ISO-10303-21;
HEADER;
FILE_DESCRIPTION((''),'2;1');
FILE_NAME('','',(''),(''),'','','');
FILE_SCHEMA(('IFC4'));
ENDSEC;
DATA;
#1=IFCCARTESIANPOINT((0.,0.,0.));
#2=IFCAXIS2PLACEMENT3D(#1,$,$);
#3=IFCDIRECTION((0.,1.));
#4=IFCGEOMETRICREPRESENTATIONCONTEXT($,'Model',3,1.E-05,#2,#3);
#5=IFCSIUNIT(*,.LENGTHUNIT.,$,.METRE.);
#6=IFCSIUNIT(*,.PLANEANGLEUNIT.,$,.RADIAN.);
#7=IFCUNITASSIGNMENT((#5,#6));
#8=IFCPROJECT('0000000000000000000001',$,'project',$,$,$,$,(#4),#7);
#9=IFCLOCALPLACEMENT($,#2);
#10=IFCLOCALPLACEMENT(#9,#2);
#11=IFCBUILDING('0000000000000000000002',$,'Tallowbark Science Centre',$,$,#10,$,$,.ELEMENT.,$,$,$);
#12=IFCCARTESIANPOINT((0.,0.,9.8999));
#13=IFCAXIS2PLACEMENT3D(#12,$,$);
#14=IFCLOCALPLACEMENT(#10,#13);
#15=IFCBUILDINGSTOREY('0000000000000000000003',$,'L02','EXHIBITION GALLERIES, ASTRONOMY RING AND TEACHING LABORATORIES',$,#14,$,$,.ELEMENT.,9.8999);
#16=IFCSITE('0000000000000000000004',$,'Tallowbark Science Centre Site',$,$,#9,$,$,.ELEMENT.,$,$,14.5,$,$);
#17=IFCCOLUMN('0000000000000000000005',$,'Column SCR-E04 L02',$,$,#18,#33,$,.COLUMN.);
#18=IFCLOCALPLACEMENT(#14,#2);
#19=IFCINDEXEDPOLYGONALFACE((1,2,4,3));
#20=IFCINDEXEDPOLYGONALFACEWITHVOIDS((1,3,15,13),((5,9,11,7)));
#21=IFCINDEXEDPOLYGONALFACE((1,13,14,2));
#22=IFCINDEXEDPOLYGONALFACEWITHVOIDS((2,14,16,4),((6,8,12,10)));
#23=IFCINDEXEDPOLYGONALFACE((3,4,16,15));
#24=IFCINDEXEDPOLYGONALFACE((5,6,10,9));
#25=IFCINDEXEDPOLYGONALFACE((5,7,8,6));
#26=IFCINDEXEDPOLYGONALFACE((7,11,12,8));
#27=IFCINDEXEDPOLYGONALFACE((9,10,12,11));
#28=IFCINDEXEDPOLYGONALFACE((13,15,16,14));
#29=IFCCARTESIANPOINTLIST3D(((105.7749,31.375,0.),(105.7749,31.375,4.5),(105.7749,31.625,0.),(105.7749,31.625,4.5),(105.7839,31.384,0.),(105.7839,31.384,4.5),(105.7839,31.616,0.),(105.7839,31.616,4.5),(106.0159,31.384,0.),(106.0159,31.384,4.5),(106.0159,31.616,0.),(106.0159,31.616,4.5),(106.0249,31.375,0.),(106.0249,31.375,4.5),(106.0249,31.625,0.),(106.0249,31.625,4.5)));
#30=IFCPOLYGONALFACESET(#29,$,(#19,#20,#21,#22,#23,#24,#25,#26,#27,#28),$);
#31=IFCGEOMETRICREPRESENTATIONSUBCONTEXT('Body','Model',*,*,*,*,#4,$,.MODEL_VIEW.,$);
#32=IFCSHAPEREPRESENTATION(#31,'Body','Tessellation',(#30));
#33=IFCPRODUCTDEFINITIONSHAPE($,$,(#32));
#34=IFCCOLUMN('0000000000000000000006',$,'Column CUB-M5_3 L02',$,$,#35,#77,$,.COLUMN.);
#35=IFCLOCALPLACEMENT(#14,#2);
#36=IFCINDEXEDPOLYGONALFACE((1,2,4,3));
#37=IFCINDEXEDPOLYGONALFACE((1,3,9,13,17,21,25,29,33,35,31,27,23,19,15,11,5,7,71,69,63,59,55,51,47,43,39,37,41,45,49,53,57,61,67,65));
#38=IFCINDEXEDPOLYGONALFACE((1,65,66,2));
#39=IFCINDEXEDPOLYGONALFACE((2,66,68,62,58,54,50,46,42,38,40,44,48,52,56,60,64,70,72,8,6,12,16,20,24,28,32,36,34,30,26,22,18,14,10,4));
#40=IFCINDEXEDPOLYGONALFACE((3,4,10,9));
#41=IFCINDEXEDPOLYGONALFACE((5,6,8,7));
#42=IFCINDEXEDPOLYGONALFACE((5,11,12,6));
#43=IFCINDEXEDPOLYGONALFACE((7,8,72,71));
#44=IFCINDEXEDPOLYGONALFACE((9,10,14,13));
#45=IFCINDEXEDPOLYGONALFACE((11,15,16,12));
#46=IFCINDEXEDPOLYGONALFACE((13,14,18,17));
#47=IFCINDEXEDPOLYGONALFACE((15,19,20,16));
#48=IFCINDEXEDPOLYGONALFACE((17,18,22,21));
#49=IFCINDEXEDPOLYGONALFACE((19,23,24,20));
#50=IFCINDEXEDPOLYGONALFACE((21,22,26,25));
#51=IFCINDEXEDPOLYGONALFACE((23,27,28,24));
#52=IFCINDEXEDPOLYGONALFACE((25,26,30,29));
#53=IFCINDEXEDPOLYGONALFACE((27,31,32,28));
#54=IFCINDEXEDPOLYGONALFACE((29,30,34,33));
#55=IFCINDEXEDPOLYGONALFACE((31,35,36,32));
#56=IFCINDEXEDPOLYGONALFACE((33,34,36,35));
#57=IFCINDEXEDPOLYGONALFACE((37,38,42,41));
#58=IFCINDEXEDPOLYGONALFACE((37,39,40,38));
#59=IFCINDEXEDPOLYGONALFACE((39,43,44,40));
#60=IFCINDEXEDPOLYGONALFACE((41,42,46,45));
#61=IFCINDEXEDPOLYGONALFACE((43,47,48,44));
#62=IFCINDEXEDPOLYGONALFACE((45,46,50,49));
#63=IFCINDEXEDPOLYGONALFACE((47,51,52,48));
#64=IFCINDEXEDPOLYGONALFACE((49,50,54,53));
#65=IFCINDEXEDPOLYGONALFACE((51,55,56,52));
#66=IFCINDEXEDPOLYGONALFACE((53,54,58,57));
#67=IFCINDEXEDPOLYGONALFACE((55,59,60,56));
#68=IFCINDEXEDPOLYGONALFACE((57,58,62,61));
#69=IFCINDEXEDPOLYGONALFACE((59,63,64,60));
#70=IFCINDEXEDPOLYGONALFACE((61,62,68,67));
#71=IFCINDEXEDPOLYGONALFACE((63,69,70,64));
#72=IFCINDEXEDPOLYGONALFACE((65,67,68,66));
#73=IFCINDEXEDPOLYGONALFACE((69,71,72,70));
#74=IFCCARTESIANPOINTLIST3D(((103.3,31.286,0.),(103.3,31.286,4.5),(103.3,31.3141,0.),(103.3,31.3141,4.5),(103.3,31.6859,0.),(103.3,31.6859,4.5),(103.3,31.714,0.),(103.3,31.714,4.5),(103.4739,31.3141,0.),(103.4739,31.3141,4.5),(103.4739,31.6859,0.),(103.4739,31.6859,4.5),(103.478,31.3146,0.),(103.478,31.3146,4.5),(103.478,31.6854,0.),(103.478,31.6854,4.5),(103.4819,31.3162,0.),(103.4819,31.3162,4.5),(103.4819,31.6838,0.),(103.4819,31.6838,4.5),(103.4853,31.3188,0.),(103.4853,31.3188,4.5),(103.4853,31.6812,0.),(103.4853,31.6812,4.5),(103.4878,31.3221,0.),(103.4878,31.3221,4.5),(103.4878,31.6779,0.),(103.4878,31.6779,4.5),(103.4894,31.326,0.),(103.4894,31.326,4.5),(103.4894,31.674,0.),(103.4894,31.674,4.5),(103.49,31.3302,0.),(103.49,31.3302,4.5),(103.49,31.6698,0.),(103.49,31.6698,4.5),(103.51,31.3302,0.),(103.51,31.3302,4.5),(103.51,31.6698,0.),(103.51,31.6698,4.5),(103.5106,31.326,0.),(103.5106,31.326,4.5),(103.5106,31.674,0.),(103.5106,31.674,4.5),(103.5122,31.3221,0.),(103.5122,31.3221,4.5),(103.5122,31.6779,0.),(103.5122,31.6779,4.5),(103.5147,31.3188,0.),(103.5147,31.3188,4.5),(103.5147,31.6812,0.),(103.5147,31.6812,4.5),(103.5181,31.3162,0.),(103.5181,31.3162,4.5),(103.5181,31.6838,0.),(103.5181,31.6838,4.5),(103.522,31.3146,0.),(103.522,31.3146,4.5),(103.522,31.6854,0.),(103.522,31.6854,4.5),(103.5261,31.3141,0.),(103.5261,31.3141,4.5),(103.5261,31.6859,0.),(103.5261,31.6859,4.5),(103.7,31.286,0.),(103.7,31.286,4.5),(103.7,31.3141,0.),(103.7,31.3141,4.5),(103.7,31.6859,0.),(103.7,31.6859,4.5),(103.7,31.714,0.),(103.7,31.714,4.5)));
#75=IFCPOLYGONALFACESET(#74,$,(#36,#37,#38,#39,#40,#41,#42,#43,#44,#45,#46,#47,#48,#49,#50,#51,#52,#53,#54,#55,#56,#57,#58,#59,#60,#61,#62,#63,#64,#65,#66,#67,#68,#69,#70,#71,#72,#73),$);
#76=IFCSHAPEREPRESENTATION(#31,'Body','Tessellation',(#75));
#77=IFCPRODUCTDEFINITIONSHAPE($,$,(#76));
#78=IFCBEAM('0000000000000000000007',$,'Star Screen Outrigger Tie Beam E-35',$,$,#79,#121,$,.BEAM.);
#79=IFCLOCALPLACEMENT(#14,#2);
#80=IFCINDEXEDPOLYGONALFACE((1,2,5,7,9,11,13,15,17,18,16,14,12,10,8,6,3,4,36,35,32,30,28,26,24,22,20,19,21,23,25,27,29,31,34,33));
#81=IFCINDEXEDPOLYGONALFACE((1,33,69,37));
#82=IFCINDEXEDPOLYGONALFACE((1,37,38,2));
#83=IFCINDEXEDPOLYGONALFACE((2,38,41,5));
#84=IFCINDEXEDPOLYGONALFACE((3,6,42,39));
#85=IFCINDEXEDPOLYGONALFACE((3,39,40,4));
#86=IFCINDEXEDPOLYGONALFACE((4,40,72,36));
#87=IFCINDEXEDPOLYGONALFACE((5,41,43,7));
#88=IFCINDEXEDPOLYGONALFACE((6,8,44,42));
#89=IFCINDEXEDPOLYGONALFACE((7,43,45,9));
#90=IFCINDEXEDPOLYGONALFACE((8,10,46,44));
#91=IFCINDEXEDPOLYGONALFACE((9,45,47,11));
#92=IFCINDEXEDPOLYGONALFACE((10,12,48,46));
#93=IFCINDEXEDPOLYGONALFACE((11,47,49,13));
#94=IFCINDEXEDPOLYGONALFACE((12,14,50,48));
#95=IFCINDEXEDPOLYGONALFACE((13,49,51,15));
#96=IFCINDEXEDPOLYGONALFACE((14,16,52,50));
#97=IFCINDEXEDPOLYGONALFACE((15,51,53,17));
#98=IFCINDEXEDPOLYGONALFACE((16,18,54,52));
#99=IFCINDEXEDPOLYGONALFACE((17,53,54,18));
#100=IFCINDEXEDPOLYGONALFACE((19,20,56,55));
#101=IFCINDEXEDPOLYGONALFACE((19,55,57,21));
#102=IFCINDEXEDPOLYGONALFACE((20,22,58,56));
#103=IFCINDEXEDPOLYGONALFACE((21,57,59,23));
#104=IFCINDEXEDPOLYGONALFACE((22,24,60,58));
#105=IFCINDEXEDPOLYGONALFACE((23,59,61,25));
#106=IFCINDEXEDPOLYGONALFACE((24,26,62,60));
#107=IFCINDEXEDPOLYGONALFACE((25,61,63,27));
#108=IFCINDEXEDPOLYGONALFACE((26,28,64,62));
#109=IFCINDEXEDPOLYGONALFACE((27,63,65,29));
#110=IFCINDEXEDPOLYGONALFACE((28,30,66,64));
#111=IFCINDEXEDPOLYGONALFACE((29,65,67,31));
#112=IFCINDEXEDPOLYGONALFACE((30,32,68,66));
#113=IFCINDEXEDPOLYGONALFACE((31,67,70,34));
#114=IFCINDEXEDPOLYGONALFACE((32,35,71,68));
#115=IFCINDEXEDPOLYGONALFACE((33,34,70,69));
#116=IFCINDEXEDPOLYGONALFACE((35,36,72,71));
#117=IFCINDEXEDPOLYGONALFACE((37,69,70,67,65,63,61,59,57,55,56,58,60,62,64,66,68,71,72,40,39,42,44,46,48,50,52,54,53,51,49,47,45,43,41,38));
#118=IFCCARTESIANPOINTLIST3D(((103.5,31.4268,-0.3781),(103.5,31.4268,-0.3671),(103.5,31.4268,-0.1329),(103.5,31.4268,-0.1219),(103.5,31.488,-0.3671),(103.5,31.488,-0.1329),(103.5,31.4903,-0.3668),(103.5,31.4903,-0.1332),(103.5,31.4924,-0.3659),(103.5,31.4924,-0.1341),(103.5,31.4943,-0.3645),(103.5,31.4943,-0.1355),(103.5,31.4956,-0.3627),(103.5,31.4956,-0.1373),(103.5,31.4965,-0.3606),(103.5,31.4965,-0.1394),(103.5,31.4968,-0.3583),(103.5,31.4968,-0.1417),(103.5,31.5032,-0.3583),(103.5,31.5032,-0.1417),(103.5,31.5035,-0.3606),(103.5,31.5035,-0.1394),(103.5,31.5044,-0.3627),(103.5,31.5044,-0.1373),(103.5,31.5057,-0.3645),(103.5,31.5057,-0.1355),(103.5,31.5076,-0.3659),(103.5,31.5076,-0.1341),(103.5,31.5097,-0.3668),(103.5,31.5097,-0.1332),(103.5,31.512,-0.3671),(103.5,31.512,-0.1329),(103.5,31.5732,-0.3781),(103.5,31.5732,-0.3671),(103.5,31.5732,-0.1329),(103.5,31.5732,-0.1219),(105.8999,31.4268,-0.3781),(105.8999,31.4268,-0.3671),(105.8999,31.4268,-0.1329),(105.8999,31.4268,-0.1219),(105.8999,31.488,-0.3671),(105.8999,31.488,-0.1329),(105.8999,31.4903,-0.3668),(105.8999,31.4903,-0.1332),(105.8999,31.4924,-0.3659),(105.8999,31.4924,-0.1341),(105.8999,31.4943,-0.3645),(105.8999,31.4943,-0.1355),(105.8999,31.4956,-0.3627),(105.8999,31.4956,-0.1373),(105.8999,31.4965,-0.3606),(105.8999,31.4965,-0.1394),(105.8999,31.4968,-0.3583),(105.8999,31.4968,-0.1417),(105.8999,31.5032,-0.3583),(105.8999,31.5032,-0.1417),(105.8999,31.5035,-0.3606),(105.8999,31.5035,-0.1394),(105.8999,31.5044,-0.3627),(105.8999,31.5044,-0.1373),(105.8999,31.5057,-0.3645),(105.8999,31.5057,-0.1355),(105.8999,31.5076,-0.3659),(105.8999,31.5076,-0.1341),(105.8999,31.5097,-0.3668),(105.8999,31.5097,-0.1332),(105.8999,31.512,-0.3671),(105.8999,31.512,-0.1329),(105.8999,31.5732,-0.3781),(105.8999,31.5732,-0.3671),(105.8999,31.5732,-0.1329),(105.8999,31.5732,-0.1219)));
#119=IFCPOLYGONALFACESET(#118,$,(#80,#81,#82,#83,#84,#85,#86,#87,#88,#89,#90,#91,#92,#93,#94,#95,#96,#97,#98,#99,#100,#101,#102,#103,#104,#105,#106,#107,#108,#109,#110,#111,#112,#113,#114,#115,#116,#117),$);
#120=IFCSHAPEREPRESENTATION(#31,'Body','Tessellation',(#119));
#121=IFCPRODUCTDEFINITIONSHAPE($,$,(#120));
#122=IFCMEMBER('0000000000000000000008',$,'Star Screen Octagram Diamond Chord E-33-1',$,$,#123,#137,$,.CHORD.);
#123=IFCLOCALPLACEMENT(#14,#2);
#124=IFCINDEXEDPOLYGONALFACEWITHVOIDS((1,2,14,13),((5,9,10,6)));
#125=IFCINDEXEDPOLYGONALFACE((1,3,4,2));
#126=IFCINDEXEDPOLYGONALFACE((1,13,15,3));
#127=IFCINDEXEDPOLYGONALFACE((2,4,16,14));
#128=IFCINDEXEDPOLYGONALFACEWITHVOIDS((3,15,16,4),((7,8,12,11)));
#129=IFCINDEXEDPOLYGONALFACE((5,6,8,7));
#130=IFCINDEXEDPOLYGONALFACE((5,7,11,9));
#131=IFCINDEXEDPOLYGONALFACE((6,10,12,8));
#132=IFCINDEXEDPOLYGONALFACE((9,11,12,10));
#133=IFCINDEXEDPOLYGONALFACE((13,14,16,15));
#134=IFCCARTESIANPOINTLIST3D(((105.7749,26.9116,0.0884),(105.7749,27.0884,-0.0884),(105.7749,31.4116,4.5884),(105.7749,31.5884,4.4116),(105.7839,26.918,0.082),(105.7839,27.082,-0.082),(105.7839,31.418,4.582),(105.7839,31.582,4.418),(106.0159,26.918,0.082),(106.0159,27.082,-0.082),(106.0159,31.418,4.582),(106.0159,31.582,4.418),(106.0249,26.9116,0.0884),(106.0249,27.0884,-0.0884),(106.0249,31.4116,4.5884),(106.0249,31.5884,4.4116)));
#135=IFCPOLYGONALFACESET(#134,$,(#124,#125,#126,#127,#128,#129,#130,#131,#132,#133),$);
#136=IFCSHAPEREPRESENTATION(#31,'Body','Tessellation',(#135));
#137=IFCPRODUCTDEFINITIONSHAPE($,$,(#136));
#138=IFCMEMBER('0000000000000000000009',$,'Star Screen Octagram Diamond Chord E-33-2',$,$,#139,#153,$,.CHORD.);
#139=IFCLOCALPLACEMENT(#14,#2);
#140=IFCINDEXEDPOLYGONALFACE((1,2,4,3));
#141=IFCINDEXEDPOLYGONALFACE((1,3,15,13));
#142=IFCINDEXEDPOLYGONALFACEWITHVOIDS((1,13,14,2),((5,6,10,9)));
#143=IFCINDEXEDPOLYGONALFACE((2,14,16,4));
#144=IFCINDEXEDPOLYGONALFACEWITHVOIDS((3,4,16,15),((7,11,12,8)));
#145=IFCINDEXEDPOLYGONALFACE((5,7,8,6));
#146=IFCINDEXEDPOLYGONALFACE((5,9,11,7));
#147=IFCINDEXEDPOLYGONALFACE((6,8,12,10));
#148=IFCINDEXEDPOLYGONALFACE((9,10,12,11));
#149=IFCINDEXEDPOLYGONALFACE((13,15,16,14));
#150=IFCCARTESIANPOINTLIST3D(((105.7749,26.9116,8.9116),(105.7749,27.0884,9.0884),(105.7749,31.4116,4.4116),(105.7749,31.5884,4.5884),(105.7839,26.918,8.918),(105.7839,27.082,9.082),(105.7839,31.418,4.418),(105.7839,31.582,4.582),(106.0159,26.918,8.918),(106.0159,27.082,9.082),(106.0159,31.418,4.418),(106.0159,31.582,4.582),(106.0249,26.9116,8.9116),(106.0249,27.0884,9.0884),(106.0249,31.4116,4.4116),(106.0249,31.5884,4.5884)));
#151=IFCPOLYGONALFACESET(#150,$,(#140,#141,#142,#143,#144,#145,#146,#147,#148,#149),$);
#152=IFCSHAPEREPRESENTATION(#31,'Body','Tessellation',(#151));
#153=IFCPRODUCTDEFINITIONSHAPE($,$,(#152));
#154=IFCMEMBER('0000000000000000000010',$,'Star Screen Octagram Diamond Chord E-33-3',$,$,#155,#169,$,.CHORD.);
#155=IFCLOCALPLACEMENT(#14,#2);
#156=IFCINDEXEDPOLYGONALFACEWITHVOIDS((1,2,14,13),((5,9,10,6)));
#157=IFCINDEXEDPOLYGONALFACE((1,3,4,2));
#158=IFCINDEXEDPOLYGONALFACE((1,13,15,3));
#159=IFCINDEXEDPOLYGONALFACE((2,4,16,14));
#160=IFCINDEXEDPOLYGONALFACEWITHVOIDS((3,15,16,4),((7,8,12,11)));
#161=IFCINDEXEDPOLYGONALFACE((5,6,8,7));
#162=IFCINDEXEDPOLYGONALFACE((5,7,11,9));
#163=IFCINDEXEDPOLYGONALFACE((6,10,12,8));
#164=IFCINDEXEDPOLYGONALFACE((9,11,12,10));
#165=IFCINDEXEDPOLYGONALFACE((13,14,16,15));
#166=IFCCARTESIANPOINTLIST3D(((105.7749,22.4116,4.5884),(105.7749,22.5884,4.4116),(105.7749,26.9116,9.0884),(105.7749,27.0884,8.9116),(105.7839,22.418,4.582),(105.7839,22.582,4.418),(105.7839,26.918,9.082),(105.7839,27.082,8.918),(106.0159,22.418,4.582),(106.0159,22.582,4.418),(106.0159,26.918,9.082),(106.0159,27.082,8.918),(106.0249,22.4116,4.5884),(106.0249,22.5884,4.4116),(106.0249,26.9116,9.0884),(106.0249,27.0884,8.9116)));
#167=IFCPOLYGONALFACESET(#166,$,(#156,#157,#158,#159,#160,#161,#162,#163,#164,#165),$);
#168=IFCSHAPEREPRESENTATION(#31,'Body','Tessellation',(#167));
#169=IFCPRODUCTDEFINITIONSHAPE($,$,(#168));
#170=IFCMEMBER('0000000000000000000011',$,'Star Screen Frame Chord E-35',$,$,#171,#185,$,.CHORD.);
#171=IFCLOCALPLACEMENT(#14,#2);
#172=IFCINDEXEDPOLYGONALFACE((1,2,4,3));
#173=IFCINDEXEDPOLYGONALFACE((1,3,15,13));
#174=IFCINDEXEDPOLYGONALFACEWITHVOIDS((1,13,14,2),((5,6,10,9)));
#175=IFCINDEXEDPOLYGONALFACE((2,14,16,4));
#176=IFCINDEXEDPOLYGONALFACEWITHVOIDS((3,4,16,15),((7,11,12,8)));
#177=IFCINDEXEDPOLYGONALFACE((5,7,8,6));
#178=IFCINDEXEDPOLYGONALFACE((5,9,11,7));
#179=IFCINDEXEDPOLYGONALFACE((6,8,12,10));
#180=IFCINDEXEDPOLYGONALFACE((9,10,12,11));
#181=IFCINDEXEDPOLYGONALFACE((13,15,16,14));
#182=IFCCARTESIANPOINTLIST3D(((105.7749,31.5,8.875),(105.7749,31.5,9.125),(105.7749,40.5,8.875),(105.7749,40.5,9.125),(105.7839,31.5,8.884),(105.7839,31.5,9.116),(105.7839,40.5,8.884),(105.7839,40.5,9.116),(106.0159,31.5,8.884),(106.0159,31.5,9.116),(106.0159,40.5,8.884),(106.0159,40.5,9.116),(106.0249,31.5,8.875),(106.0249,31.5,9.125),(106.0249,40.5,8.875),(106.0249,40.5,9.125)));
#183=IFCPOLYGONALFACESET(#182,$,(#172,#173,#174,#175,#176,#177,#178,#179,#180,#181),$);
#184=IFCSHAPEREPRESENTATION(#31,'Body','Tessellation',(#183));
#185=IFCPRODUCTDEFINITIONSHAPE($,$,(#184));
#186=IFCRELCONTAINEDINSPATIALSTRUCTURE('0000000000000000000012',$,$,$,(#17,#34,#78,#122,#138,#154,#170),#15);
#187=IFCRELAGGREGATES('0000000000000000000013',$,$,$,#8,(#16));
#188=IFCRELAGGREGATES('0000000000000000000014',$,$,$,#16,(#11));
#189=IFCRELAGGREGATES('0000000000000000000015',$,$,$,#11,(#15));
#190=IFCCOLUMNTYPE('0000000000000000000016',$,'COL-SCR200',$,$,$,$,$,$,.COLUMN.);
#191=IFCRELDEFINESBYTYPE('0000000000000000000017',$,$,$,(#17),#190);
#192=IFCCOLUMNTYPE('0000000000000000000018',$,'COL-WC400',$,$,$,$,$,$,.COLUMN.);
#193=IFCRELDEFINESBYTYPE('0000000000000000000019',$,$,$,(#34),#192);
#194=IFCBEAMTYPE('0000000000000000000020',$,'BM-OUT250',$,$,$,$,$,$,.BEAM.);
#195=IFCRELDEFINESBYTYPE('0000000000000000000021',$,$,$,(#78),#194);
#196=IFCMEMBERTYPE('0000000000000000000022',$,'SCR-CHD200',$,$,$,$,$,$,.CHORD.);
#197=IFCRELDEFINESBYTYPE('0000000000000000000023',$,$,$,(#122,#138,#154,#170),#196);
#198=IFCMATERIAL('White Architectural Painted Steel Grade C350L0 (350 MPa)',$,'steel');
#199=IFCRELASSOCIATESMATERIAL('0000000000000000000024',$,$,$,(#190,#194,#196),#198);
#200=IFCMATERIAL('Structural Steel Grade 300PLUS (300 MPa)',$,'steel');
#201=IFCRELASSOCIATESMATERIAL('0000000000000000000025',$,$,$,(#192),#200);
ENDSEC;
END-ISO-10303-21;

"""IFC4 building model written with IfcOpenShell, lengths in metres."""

from ifc_helpers import new_model, si_unit, direction, frame, origin, origin_2d, place, context, subcontext, project, spatial, hollow_rectangle, i_section, extrude, material, material_profile, profile_set, type_object, element, save


model = new_model("IFC4")

# Units and contexts
model_context = context("Model", 3, precision=1e-05, world=origin(), true_north=direction((0.0, 1.0)))
body_context = subcontext(model_context, "Body", "Model", "MODEL_VIEW")
ifc_project = project(units=[si_unit("LENGTHUNIT", "METRE"), si_unit("PLANEANGLEUNIT", "RADIAN")], contexts=[model_context])

# Site, building, storey
site_placement = place(None, origin())
site = spatial("IfcSite", under=ifc_project, at=site_placement, Name="Tallowbark Science Centre Site", CompositionType="ELEMENT", RefElevation=14.5)
building_placement = place(site_placement, origin())
building = spatial("IfcBuilding", under=site, at=building_placement, Name="Tallowbark Science Centre", CompositionType="ELEMENT")
storey_placement = place(building_placement, frame((0.0, 0.0, 9.8999)))
storey = spatial("IfcBuildingStorey", under=building, at=storey_placement, Name="L02", Description="EXHIBITION GALLERIES, ASTRONOMY RING AND TEACHING LABORATORIES", CompositionType="ELEMENT", Elevation=9.8999)

# Columns
ifc_material_1 = material(Name="White Architectural Painted Steel Grade C350L0 (350 MPa)", Category="steel")
ifc_material_profile_1 = material_profile(ifc_material_1, hollow_rectangle(XDim=0.25, YDim=0.25, WallThickness=0.009, at=origin_2d()), Name="250x250x9.0SHS")
ifc_profile_set_1 = profile_set([ifc_material_profile_1], Name="White Architectural Painted Steel Grade C350L0 (350 MPa)")
column_type_1 = type_object("IfcColumnType", Name="COL-SCR200", PredefinedType="COLUMN", material=ifc_profile_set_1)
column_1_placement = place(storey_placement, frame((105.8999, 31.5, 0.0), z_axis=(0.0, 0.0, 1.0), x_axis=(1.0, 0.0, 0.0)))
element("IfcColumn", 1, at=column_1_placement, inside=storey, type_object=column_type_1, Name="Column SCR-E04 L02", PredefinedType="COLUMN", context=body_context, shape_type="SweptSolid", body=[
    extrude(hollow_rectangle(XDim=0.25, YDim=0.25, WallThickness=0.009, at=origin_2d()), origin(), (0.0, 0.0, 1.0), 4.5),
])
ifc_material_2 = material(Name="Structural Steel Grade 300PLUS (300 MPa)", Category="steel")
ifc_material_profile_2 = material_profile(ifc_material_2, i_section(OverallWidth=0.3999, OverallDepth=0.428, WebThickness=0.02, FlangeThickness=0.0281, FilletRadius=0.0161, at=origin_2d()), Name="400WC270")
ifc_profile_set_2 = profile_set([ifc_material_profile_2], Name="Structural Steel Grade 300PLUS (300 MPa)")
column_type_2 = type_object("IfcColumnType", Name="COL-WC400", PredefinedType="COLUMN", material=ifc_profile_set_2)
column_2_placement = place(storey_placement, frame((103.5, 31.5, 0.0), z_axis=(0.0, 0.0, 1.0), x_axis=(1.0, 0.0, 0.0)))
element("IfcColumn", 2, at=column_2_placement, inside=storey, type_object=column_type_2, Name="Column CUB-M5_3 L02", PredefinedType="COLUMN", context=body_context, shape_type="SweptSolid", body=[
    extrude(i_section(OverallWidth=0.3999, OverallDepth=0.428, WebThickness=0.02, FlangeThickness=0.0281, FilletRadius=0.0161, at=origin_2d()), origin(), (0.0, 0.0, 1.0), 4.5),
])

# Beam
ifc_material_profile_3 = material_profile(ifc_material_1, i_section(OverallWidth=0.1465, OverallDepth=0.2561, WebThickness=0.0063, FlangeThickness=0.011, FilletRadius=0.0088, at=origin_2d()), Name="250UB37.3")
ifc_profile_set_3 = profile_set([ifc_material_profile_3], Name="White Architectural Painted Steel Grade C350L0 (350 MPa)")
beam_type_1 = type_object("IfcBeamType", Name="BM-OUT250", PredefinedType="BEAM", material=ifc_profile_set_3)
beam_1_placement = place(storey_placement, frame((103.5, 31.5, -0.25), z_axis=(1.0, 0.0, 0.0), x_axis=(0.0, 1.0, 0.0)))
element("IfcBeam", 3, at=beam_1_placement, inside=storey, type_object=beam_type_1, Name="Star Screen Outrigger Tie Beam E-35", PredefinedType="BEAM", context=body_context, shape_type="SweptSolid", body=[
    extrude(i_section(OverallWidth=0.1465, OverallDepth=0.2561, WebThickness=0.0063, FlangeThickness=0.011, FilletRadius=0.0088, at=origin_2d()), origin(), (0.0, 0.0, 1.0), 2.3999),
])

# Members
ifc_material_profile_4 = material_profile(ifc_material_1, hollow_rectangle(XDim=0.25, YDim=0.25, WallThickness=0.009, at=origin_2d()), Name="250x250x9.0SHS")
ifc_profile_set_4 = profile_set([ifc_material_profile_4], Name="White Architectural Painted Steel Grade C350L0 (350 MPa)")
member_type_1 = type_object("IfcMemberType", Name="SCR-CHD200", PredefinedType="CHORD", material=ifc_profile_set_4)
for number, where, z_axis, x_axis, name in (
    (4, (105.8999, 27.0, 0.0), (0.0, 0.707107, 0.707107), (-1.0, 0.0, 0.0), "Star Screen Octagram Diamond Chord E-33-1"),
    (5, (105.8999, 31.5, 4.5), (0.0, -0.707107, 0.707107), (1.0, 0.0, 0.0), "Star Screen Octagram Diamond Chord E-33-2"),
    (6, (105.8999, 27.0, 9.0), (0.0, -0.707107, -0.707107), (1.0, 0.0, 0.0), "Star Screen Octagram Diamond Chord E-33-3"),
):
    element("IfcMember", number, at=place(storey_placement, frame(where, z_axis=z_axis, x_axis=x_axis)), inside=storey, type_object=member_type_1, Name=name, PredefinedType="CHORD", context=body_context, shape_type="SweptSolid", body=[
        extrude(hollow_rectangle(XDim=0.25, YDim=0.25, WallThickness=0.009, at=origin_2d()), origin(), (0.0, 0.0, 1.0), 6.364),
    ])
member_1_placement = place(storey_placement, frame((105.8999, 31.5, 9.0), z_axis=(0.0, 1.0, 0.0), x_axis=(-1.0, 0.0, 0.0)))
element("IfcMember", 7, at=member_1_placement, inside=storey, type_object=member_type_1, Name="Star Screen Frame Chord E-35", PredefinedType="CHORD", context=body_context, shape_type="SweptSolid", body=[
    extrude(hollow_rectangle(XDim=0.25, YDim=0.25, WallThickness=0.009, at=origin_2d()), origin(), (0.0, 0.0, 1.0), 9.0),
])

save(model, "model.ifc")
